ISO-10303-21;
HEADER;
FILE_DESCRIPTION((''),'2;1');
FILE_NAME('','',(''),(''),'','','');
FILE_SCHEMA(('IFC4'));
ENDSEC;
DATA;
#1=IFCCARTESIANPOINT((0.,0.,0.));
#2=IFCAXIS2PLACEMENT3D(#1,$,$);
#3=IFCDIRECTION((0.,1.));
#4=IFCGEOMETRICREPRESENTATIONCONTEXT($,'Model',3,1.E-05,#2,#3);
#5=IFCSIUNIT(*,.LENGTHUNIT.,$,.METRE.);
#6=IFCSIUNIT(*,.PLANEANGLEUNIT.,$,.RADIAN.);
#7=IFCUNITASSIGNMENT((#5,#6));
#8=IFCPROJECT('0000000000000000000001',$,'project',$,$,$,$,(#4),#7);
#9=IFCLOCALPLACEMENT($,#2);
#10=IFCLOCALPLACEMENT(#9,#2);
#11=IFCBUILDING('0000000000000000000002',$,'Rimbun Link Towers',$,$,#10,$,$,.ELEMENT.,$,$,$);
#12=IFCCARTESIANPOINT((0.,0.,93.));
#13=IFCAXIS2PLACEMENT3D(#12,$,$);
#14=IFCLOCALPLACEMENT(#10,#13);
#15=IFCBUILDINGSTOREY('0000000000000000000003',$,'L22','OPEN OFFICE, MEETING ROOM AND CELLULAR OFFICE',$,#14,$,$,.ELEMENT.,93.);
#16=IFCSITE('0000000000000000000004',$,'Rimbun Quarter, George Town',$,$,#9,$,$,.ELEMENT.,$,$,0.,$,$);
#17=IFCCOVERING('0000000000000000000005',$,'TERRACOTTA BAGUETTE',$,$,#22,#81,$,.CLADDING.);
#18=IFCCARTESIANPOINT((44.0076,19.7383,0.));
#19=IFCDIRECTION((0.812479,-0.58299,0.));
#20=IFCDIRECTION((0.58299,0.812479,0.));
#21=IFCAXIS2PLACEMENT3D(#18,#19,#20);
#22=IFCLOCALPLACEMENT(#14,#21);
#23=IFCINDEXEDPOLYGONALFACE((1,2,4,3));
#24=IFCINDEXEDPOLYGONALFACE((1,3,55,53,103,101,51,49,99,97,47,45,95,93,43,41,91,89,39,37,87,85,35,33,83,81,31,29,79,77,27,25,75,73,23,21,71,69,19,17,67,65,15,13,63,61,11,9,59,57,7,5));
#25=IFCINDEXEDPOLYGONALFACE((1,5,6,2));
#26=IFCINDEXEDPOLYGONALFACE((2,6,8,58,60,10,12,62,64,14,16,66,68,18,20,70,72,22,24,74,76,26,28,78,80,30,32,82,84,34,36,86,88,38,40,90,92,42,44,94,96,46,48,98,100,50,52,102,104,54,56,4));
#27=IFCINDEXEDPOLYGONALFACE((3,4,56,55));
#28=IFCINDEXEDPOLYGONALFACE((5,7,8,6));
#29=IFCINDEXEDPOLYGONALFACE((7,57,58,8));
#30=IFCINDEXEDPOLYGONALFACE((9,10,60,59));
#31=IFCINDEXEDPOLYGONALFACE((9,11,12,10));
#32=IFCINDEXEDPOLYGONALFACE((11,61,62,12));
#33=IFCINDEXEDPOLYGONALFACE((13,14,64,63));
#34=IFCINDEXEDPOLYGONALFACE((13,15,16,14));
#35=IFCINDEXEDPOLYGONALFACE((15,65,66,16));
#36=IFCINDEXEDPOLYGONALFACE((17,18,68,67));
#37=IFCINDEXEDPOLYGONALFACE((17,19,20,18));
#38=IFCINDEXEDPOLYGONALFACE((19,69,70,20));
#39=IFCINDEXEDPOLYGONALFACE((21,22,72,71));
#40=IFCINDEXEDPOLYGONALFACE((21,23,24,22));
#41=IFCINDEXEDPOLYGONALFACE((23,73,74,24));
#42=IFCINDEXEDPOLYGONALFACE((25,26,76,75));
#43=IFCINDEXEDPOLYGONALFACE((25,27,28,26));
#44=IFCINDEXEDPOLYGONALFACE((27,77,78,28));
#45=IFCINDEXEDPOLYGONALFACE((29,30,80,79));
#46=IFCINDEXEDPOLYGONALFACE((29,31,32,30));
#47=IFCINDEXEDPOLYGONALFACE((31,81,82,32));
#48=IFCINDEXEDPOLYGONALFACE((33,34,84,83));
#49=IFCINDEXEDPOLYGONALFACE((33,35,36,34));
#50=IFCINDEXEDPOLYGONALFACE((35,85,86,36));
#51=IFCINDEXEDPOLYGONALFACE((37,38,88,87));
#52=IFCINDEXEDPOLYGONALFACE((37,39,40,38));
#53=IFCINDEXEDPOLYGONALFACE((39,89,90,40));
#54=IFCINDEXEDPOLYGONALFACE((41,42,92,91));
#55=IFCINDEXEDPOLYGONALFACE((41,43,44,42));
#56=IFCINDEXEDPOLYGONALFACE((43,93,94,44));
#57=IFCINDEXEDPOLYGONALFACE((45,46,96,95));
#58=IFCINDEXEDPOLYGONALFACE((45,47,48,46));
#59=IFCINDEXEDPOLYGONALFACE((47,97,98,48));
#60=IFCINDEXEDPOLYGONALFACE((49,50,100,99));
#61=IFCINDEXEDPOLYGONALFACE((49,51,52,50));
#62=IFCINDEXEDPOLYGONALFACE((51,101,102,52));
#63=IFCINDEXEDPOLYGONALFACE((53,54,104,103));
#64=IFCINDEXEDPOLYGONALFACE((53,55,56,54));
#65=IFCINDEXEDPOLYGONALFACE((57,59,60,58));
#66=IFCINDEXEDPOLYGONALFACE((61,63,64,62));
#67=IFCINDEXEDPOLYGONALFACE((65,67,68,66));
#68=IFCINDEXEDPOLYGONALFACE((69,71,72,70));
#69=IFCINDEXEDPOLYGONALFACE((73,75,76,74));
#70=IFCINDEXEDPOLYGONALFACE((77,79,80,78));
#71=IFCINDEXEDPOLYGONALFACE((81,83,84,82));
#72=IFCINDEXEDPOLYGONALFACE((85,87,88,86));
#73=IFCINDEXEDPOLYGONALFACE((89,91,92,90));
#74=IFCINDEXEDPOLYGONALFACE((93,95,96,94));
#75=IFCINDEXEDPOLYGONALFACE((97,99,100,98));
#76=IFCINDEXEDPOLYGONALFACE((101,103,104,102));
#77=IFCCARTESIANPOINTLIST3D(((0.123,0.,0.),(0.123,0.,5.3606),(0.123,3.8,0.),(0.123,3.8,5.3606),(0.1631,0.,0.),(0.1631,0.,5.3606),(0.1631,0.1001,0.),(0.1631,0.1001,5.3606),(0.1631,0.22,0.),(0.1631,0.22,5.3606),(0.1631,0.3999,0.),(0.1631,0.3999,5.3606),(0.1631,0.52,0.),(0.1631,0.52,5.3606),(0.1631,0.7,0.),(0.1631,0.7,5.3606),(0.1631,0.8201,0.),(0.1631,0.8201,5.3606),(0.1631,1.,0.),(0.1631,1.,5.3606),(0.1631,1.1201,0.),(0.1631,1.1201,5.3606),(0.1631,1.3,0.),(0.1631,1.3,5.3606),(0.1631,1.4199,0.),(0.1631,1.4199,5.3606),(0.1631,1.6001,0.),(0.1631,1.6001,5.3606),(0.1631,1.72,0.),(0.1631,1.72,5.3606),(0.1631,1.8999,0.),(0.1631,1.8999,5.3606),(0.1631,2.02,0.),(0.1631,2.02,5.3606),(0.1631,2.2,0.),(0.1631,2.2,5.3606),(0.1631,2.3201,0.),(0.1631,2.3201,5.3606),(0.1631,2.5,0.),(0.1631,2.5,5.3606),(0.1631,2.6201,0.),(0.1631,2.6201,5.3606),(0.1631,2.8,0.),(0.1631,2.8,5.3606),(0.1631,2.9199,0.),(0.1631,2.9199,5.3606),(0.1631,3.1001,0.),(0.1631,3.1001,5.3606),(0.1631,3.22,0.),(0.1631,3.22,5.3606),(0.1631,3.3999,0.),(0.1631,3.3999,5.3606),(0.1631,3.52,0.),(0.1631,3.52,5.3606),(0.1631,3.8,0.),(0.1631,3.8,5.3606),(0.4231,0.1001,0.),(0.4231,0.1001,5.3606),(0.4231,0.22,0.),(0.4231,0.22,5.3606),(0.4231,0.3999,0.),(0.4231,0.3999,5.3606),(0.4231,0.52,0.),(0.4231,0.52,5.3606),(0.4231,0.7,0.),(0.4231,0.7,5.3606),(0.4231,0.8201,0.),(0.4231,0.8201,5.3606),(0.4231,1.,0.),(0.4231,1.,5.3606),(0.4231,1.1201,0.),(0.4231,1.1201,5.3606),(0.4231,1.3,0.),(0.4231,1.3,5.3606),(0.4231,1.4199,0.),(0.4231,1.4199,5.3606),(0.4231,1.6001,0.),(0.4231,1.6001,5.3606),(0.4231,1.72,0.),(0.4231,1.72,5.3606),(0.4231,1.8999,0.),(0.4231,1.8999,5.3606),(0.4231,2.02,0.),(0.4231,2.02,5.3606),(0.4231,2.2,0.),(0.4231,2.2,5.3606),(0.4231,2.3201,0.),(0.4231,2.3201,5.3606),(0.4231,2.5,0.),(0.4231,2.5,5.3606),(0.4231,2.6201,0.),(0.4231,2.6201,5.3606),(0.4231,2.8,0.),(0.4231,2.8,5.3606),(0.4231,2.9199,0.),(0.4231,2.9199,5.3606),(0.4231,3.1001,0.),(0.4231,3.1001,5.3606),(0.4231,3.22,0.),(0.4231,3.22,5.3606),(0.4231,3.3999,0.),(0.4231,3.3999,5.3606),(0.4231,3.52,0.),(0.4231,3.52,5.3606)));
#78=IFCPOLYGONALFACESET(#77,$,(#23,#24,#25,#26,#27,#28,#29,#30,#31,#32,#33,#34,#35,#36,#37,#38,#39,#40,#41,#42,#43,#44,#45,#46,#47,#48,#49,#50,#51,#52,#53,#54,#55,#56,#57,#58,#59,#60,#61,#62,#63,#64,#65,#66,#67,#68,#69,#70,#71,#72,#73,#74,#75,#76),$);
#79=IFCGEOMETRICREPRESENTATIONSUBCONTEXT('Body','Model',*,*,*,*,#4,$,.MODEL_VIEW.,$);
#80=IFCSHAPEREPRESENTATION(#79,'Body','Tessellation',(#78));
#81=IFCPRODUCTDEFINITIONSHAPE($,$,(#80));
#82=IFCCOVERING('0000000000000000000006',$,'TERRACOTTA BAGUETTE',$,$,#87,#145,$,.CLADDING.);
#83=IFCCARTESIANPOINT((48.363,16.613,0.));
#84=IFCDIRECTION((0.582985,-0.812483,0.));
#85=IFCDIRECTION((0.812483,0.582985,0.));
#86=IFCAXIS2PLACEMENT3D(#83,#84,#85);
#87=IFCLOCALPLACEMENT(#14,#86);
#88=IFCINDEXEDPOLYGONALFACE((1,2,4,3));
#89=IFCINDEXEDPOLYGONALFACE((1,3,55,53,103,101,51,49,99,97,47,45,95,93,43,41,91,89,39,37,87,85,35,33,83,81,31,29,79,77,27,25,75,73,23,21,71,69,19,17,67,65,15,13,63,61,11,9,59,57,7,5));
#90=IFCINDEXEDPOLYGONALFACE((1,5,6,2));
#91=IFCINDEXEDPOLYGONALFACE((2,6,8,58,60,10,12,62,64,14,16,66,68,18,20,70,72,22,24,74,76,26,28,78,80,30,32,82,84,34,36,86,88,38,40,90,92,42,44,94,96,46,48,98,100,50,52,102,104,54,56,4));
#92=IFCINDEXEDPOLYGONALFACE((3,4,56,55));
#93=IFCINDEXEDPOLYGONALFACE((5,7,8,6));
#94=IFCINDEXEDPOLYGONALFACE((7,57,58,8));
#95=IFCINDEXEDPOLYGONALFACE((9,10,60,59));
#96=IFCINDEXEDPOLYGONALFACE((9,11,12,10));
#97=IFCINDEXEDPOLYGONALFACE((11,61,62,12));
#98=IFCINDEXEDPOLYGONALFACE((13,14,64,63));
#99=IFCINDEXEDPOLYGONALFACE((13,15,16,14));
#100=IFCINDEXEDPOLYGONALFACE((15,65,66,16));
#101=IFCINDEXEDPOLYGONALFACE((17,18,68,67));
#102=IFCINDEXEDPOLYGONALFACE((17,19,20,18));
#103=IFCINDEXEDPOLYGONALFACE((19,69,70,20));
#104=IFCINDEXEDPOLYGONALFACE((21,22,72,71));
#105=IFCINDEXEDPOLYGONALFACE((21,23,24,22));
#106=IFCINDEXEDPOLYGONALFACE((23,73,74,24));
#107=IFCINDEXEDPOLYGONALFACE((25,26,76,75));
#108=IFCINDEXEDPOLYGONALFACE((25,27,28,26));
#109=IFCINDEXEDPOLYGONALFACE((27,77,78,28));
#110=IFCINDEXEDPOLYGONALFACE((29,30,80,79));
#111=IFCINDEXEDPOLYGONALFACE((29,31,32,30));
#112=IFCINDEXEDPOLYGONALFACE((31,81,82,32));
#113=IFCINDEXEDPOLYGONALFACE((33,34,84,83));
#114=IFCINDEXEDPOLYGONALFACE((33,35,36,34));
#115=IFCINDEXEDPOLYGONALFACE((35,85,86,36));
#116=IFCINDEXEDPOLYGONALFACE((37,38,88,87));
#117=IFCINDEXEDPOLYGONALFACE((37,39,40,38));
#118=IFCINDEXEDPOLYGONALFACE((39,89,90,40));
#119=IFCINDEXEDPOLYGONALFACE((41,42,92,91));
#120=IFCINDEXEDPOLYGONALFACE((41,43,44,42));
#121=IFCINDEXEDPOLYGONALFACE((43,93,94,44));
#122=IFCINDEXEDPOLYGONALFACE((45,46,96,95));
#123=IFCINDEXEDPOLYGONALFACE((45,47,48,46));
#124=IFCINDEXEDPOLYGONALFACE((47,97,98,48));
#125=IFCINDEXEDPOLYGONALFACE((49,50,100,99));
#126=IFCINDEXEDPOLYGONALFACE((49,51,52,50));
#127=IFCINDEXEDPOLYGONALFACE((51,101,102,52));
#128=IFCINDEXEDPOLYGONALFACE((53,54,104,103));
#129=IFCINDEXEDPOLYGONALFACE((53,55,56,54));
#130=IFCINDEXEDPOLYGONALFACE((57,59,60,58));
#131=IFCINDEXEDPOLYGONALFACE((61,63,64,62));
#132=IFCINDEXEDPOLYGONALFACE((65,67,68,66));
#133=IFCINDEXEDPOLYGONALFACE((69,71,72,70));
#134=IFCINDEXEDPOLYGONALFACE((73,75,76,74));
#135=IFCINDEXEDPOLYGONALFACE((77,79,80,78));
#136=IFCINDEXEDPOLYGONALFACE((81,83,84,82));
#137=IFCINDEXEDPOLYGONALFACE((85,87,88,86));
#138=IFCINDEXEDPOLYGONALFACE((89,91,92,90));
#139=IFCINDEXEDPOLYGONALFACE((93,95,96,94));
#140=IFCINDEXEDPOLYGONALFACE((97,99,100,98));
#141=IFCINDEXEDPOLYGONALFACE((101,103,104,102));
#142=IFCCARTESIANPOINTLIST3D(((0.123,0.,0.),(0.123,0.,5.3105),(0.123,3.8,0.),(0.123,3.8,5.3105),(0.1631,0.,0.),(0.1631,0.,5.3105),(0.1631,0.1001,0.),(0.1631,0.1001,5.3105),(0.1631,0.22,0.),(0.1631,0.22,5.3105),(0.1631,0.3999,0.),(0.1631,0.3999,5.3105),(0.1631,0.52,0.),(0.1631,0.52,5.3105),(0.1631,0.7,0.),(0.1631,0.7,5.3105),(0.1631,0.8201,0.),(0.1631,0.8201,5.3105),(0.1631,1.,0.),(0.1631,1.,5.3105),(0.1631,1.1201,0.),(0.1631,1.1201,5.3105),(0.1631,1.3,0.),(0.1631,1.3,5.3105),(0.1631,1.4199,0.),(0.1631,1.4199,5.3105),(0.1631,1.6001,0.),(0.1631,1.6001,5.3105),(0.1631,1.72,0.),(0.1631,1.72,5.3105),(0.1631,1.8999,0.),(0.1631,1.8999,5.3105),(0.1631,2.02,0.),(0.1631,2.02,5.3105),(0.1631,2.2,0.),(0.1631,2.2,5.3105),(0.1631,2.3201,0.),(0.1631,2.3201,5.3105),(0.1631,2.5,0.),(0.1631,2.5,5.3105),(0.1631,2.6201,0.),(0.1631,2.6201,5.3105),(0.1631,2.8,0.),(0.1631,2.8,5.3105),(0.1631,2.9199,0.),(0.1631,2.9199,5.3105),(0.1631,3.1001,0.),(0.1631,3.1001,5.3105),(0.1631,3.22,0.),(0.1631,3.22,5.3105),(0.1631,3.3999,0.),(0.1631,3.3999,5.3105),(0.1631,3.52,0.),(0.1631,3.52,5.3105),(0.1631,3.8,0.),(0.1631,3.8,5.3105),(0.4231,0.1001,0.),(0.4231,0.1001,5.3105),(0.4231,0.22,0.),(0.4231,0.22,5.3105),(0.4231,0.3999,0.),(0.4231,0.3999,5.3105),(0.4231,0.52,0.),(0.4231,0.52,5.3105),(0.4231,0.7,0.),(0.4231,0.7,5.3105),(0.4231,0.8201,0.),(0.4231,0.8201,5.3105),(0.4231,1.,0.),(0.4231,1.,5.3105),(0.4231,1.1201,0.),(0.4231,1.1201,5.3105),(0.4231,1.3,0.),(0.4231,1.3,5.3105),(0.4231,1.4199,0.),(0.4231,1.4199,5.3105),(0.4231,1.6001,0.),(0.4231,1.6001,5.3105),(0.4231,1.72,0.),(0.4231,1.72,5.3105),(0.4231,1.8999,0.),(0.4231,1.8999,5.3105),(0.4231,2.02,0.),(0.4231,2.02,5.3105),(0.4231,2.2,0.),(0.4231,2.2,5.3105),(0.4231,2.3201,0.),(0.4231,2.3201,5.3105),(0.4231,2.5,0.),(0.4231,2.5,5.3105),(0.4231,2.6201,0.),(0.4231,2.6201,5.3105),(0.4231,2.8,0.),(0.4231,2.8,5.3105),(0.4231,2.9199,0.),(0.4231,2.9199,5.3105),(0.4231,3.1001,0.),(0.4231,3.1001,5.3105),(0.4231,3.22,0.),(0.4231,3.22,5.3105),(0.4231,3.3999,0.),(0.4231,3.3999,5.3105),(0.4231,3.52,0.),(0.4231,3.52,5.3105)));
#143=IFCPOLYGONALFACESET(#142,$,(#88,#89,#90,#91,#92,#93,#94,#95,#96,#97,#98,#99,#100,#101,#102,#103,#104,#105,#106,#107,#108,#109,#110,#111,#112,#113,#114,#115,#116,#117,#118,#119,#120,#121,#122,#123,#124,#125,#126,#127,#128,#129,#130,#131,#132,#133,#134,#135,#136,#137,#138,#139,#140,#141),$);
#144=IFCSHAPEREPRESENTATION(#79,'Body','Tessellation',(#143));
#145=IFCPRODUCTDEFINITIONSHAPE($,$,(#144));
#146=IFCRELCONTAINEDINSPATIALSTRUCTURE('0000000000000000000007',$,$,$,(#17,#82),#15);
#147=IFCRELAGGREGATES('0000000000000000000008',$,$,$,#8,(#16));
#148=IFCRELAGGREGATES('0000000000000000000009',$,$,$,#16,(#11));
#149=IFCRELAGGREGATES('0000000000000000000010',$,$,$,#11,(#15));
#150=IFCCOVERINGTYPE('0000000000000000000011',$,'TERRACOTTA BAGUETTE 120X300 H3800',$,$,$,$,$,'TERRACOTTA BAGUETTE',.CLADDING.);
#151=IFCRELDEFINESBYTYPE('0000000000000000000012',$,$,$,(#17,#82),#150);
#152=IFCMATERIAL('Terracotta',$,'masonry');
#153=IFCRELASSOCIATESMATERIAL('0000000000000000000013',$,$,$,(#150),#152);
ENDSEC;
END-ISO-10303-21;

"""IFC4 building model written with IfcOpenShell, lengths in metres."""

from ifc_helpers import new_model, si_unit, direction, frame, origin, place, context, subcontext, project, spatial, polyline, outline, extrude, material, material_profile, profile_set, type_object, element, save


model = new_model("IFC4")

# Units and contexts
model_context = context("Model", 3, precision=1e-05, world=origin(), true_north=direction((0.0, 1.0)))
body_context = subcontext(model_context, "Body", "Model", "MODEL_VIEW")
ifc_project = project(units=[si_unit("LENGTHUNIT", "METRE"), si_unit("PLANEANGLEUNIT", "RADIAN")], contexts=[model_context])

# Site, building, storey
site_placement = place(None, origin())
site = spatial("IfcSite", under=ifc_project, at=site_placement, Name="Rimbun Quarter, George Town", CompositionType="ELEMENT", RefElevation=0.0)
building_placement = place(site_placement, origin())
building = spatial("IfcBuilding", under=site, at=building_placement, Name="Rimbun Link Towers", CompositionType="ELEMENT")
storey_placement = place(building_placement, frame((0.0, 0.0, 93.0)))
storey = spatial("IfcBuildingStorey", under=building, at=storey_placement, Name="L22", Description="OPEN OFFICE, MEETING ROOM AND CELLULAR OFFICE", CompositionType="ELEMENT", Elevation=93.0)

# Coverings
ifc_material_1 = material(Name="Terracotta", Category="masonry")
ifc_material_profile_1 = material_profile(ifc_material_1, outline(polyline([(0.123, 0.0), (0.1631, 0.0), (0.1631, 0.1001), (0.4231, 0.1001), (0.4231, 0.22), (0.1631, 0.22), (0.1631, 0.3999), (0.4231, 0.3999), (0.4231, 0.52), (0.1631, 0.52), (0.1631, 0.7), (0.4231, 0.7), (0.4231, 0.8201), (0.1631, 0.8201), (0.1631, 1.0), (0.4231, 1.0), (0.4231, 1.1201), (0.1631, 1.1201), (0.1631, 1.3), (0.4231, 1.3), (0.4231, 1.4199), (0.1631, 1.4199), (0.1631, 1.6001), (0.4231, 1.6001), (0.4231, 1.72), (0.1631, 1.72), (0.1631, 1.8999), (0.4231, 1.8999), (0.4231, 2.02), (0.1631, 2.02), (0.1631, 2.2), (0.4231, 2.2), (0.4231, 2.3201), (0.1631, 2.3201), (0.1631, 2.5), (0.4231, 2.5), (0.4231, 2.6201), (0.1631, 2.6201), (0.1631, 2.8), (0.4231, 2.8), (0.4231, 2.9199), (0.1631, 2.9199), (0.1631, 3.1001), (0.4231, 3.1001), (0.4231, 3.22), (0.1631, 3.22), (0.1631, 3.3999), (0.4231, 3.3999), (0.4231, 3.52), (0.1631, 3.52), (0.1631, 3.8), (0.123, 3.8), (0.123, 0.0)])), Name="BAGUETTE 120X300")
ifc_profile_set_1 = profile_set([ifc_material_profile_1], Name="Terracotta")
covering_type = type_object("IfcCoveringType", Name="TERRACOTTA BAGUETTE 120X300 H3800", ElementType="TERRACOTTA BAGUETTE", PredefinedType="CLADDING", material=ifc_profile_set_1)
covering_1_placement = place(storey_placement, frame((44.0076, 19.7383, 0.0), z_axis=(0.812479, -0.58299, 0.0), x_axis=(0.58299, 0.812479, 0.0)))
element("IfcCovering", 1, at=covering_1_placement, inside=storey, type_object=covering_type, Name="TERRACOTTA BAGUETTE", PredefinedType="CLADDING", context=body_context, shape_type="SweptSolid", body=[
    extrude(outline(polyline([(0.123, 0.0), (0.1631, 0.0), (0.1631, 0.1001), (0.4231, 0.1001), (0.4231, 0.22), (0.1631, 0.22), (0.1631, 0.3999), (0.4231, 0.3999), (0.4231, 0.52), (0.1631, 0.52), (0.1631, 0.7), (0.4231, 0.7), (0.4231, 0.8201), (0.1631, 0.8201), (0.1631, 1.0), (0.4231, 1.0), (0.4231, 1.1201), (0.1631, 1.1201), (0.1631, 1.3), (0.4231, 1.3), (0.4231, 1.4199), (0.1631, 1.4199), (0.1631, 1.6001), (0.4231, 1.6001), (0.4231, 1.72), (0.1631, 1.72), (0.1631, 1.8999), (0.4231, 1.8999), (0.4231, 2.02), (0.1631, 2.02), (0.1631, 2.2), (0.4231, 2.2), (0.4231, 2.3201), (0.1631, 2.3201), (0.1631, 2.5), (0.4231, 2.5), (0.4231, 2.6201), (0.1631, 2.6201), (0.1631, 2.8), (0.4231, 2.8), (0.4231, 2.9199), (0.1631, 2.9199), (0.1631, 3.1001), (0.4231, 3.1001), (0.4231, 3.22), (0.1631, 3.22), (0.1631, 3.3999), (0.4231, 3.3999), (0.4231, 3.52), (0.1631, 3.52), (0.1631, 3.8), (0.123, 3.8), (0.123, 0.0)])), origin(), (0.0, 0.0, 1.0), 5.3606),
])
covering_2_placement = place(storey_placement, frame((48.363, 16.613, 0.0), z_axis=(0.582985, -0.812483, 0.0), x_axis=(0.812483, 0.582985, 0.0)))
element("IfcCovering", 2, at=covering_2_placement, inside=storey, type_object=covering_type, Name="TERRACOTTA BAGUETTE", PredefinedType="CLADDING", context=body_context, shape_type="SweptSolid", body=[
    extrude(outline(polyline([(0.123, 0.0), (0.1631, 0.0), (0.1631, 0.1001), (0.4231, 0.1001), (0.4231, 0.22), (0.1631, 0.22), (0.1631, 0.3999), (0.4231, 0.3999), (0.4231, 0.52), (0.1631, 0.52), (0.1631, 0.7), (0.4231, 0.7), (0.4231, 0.8201), (0.1631, 0.8201), (0.1631, 1.0), (0.4231, 1.0), (0.4231, 1.1201), (0.1631, 1.1201), (0.1631, 1.3), (0.4231, 1.3), (0.4231, 1.4199), (0.1631, 1.4199), (0.1631, 1.6001), (0.4231, 1.6001), (0.4231, 1.72), (0.1631, 1.72), (0.1631, 1.8999), (0.4231, 1.8999), (0.4231, 2.02), (0.1631, 2.02), (0.1631, 2.2), (0.4231, 2.2), (0.4231, 2.3201), (0.1631, 2.3201), (0.1631, 2.5), (0.4231, 2.5), (0.4231, 2.6201), (0.1631, 2.6201), (0.1631, 2.8), (0.4231, 2.8), (0.4231, 2.9199), (0.1631, 2.9199), (0.1631, 3.1001), (0.4231, 3.1001), (0.4231, 3.22), (0.1631, 3.22), (0.1631, 3.3999), (0.4231, 3.3999), (0.4231, 3.52), (0.1631, 3.52), (0.1631, 3.8), (0.123, 3.8), (0.123, 0.0)])), origin(), (0.0, 0.0, 1.0), 5.3105),
])

save(model, "model.ifc")
